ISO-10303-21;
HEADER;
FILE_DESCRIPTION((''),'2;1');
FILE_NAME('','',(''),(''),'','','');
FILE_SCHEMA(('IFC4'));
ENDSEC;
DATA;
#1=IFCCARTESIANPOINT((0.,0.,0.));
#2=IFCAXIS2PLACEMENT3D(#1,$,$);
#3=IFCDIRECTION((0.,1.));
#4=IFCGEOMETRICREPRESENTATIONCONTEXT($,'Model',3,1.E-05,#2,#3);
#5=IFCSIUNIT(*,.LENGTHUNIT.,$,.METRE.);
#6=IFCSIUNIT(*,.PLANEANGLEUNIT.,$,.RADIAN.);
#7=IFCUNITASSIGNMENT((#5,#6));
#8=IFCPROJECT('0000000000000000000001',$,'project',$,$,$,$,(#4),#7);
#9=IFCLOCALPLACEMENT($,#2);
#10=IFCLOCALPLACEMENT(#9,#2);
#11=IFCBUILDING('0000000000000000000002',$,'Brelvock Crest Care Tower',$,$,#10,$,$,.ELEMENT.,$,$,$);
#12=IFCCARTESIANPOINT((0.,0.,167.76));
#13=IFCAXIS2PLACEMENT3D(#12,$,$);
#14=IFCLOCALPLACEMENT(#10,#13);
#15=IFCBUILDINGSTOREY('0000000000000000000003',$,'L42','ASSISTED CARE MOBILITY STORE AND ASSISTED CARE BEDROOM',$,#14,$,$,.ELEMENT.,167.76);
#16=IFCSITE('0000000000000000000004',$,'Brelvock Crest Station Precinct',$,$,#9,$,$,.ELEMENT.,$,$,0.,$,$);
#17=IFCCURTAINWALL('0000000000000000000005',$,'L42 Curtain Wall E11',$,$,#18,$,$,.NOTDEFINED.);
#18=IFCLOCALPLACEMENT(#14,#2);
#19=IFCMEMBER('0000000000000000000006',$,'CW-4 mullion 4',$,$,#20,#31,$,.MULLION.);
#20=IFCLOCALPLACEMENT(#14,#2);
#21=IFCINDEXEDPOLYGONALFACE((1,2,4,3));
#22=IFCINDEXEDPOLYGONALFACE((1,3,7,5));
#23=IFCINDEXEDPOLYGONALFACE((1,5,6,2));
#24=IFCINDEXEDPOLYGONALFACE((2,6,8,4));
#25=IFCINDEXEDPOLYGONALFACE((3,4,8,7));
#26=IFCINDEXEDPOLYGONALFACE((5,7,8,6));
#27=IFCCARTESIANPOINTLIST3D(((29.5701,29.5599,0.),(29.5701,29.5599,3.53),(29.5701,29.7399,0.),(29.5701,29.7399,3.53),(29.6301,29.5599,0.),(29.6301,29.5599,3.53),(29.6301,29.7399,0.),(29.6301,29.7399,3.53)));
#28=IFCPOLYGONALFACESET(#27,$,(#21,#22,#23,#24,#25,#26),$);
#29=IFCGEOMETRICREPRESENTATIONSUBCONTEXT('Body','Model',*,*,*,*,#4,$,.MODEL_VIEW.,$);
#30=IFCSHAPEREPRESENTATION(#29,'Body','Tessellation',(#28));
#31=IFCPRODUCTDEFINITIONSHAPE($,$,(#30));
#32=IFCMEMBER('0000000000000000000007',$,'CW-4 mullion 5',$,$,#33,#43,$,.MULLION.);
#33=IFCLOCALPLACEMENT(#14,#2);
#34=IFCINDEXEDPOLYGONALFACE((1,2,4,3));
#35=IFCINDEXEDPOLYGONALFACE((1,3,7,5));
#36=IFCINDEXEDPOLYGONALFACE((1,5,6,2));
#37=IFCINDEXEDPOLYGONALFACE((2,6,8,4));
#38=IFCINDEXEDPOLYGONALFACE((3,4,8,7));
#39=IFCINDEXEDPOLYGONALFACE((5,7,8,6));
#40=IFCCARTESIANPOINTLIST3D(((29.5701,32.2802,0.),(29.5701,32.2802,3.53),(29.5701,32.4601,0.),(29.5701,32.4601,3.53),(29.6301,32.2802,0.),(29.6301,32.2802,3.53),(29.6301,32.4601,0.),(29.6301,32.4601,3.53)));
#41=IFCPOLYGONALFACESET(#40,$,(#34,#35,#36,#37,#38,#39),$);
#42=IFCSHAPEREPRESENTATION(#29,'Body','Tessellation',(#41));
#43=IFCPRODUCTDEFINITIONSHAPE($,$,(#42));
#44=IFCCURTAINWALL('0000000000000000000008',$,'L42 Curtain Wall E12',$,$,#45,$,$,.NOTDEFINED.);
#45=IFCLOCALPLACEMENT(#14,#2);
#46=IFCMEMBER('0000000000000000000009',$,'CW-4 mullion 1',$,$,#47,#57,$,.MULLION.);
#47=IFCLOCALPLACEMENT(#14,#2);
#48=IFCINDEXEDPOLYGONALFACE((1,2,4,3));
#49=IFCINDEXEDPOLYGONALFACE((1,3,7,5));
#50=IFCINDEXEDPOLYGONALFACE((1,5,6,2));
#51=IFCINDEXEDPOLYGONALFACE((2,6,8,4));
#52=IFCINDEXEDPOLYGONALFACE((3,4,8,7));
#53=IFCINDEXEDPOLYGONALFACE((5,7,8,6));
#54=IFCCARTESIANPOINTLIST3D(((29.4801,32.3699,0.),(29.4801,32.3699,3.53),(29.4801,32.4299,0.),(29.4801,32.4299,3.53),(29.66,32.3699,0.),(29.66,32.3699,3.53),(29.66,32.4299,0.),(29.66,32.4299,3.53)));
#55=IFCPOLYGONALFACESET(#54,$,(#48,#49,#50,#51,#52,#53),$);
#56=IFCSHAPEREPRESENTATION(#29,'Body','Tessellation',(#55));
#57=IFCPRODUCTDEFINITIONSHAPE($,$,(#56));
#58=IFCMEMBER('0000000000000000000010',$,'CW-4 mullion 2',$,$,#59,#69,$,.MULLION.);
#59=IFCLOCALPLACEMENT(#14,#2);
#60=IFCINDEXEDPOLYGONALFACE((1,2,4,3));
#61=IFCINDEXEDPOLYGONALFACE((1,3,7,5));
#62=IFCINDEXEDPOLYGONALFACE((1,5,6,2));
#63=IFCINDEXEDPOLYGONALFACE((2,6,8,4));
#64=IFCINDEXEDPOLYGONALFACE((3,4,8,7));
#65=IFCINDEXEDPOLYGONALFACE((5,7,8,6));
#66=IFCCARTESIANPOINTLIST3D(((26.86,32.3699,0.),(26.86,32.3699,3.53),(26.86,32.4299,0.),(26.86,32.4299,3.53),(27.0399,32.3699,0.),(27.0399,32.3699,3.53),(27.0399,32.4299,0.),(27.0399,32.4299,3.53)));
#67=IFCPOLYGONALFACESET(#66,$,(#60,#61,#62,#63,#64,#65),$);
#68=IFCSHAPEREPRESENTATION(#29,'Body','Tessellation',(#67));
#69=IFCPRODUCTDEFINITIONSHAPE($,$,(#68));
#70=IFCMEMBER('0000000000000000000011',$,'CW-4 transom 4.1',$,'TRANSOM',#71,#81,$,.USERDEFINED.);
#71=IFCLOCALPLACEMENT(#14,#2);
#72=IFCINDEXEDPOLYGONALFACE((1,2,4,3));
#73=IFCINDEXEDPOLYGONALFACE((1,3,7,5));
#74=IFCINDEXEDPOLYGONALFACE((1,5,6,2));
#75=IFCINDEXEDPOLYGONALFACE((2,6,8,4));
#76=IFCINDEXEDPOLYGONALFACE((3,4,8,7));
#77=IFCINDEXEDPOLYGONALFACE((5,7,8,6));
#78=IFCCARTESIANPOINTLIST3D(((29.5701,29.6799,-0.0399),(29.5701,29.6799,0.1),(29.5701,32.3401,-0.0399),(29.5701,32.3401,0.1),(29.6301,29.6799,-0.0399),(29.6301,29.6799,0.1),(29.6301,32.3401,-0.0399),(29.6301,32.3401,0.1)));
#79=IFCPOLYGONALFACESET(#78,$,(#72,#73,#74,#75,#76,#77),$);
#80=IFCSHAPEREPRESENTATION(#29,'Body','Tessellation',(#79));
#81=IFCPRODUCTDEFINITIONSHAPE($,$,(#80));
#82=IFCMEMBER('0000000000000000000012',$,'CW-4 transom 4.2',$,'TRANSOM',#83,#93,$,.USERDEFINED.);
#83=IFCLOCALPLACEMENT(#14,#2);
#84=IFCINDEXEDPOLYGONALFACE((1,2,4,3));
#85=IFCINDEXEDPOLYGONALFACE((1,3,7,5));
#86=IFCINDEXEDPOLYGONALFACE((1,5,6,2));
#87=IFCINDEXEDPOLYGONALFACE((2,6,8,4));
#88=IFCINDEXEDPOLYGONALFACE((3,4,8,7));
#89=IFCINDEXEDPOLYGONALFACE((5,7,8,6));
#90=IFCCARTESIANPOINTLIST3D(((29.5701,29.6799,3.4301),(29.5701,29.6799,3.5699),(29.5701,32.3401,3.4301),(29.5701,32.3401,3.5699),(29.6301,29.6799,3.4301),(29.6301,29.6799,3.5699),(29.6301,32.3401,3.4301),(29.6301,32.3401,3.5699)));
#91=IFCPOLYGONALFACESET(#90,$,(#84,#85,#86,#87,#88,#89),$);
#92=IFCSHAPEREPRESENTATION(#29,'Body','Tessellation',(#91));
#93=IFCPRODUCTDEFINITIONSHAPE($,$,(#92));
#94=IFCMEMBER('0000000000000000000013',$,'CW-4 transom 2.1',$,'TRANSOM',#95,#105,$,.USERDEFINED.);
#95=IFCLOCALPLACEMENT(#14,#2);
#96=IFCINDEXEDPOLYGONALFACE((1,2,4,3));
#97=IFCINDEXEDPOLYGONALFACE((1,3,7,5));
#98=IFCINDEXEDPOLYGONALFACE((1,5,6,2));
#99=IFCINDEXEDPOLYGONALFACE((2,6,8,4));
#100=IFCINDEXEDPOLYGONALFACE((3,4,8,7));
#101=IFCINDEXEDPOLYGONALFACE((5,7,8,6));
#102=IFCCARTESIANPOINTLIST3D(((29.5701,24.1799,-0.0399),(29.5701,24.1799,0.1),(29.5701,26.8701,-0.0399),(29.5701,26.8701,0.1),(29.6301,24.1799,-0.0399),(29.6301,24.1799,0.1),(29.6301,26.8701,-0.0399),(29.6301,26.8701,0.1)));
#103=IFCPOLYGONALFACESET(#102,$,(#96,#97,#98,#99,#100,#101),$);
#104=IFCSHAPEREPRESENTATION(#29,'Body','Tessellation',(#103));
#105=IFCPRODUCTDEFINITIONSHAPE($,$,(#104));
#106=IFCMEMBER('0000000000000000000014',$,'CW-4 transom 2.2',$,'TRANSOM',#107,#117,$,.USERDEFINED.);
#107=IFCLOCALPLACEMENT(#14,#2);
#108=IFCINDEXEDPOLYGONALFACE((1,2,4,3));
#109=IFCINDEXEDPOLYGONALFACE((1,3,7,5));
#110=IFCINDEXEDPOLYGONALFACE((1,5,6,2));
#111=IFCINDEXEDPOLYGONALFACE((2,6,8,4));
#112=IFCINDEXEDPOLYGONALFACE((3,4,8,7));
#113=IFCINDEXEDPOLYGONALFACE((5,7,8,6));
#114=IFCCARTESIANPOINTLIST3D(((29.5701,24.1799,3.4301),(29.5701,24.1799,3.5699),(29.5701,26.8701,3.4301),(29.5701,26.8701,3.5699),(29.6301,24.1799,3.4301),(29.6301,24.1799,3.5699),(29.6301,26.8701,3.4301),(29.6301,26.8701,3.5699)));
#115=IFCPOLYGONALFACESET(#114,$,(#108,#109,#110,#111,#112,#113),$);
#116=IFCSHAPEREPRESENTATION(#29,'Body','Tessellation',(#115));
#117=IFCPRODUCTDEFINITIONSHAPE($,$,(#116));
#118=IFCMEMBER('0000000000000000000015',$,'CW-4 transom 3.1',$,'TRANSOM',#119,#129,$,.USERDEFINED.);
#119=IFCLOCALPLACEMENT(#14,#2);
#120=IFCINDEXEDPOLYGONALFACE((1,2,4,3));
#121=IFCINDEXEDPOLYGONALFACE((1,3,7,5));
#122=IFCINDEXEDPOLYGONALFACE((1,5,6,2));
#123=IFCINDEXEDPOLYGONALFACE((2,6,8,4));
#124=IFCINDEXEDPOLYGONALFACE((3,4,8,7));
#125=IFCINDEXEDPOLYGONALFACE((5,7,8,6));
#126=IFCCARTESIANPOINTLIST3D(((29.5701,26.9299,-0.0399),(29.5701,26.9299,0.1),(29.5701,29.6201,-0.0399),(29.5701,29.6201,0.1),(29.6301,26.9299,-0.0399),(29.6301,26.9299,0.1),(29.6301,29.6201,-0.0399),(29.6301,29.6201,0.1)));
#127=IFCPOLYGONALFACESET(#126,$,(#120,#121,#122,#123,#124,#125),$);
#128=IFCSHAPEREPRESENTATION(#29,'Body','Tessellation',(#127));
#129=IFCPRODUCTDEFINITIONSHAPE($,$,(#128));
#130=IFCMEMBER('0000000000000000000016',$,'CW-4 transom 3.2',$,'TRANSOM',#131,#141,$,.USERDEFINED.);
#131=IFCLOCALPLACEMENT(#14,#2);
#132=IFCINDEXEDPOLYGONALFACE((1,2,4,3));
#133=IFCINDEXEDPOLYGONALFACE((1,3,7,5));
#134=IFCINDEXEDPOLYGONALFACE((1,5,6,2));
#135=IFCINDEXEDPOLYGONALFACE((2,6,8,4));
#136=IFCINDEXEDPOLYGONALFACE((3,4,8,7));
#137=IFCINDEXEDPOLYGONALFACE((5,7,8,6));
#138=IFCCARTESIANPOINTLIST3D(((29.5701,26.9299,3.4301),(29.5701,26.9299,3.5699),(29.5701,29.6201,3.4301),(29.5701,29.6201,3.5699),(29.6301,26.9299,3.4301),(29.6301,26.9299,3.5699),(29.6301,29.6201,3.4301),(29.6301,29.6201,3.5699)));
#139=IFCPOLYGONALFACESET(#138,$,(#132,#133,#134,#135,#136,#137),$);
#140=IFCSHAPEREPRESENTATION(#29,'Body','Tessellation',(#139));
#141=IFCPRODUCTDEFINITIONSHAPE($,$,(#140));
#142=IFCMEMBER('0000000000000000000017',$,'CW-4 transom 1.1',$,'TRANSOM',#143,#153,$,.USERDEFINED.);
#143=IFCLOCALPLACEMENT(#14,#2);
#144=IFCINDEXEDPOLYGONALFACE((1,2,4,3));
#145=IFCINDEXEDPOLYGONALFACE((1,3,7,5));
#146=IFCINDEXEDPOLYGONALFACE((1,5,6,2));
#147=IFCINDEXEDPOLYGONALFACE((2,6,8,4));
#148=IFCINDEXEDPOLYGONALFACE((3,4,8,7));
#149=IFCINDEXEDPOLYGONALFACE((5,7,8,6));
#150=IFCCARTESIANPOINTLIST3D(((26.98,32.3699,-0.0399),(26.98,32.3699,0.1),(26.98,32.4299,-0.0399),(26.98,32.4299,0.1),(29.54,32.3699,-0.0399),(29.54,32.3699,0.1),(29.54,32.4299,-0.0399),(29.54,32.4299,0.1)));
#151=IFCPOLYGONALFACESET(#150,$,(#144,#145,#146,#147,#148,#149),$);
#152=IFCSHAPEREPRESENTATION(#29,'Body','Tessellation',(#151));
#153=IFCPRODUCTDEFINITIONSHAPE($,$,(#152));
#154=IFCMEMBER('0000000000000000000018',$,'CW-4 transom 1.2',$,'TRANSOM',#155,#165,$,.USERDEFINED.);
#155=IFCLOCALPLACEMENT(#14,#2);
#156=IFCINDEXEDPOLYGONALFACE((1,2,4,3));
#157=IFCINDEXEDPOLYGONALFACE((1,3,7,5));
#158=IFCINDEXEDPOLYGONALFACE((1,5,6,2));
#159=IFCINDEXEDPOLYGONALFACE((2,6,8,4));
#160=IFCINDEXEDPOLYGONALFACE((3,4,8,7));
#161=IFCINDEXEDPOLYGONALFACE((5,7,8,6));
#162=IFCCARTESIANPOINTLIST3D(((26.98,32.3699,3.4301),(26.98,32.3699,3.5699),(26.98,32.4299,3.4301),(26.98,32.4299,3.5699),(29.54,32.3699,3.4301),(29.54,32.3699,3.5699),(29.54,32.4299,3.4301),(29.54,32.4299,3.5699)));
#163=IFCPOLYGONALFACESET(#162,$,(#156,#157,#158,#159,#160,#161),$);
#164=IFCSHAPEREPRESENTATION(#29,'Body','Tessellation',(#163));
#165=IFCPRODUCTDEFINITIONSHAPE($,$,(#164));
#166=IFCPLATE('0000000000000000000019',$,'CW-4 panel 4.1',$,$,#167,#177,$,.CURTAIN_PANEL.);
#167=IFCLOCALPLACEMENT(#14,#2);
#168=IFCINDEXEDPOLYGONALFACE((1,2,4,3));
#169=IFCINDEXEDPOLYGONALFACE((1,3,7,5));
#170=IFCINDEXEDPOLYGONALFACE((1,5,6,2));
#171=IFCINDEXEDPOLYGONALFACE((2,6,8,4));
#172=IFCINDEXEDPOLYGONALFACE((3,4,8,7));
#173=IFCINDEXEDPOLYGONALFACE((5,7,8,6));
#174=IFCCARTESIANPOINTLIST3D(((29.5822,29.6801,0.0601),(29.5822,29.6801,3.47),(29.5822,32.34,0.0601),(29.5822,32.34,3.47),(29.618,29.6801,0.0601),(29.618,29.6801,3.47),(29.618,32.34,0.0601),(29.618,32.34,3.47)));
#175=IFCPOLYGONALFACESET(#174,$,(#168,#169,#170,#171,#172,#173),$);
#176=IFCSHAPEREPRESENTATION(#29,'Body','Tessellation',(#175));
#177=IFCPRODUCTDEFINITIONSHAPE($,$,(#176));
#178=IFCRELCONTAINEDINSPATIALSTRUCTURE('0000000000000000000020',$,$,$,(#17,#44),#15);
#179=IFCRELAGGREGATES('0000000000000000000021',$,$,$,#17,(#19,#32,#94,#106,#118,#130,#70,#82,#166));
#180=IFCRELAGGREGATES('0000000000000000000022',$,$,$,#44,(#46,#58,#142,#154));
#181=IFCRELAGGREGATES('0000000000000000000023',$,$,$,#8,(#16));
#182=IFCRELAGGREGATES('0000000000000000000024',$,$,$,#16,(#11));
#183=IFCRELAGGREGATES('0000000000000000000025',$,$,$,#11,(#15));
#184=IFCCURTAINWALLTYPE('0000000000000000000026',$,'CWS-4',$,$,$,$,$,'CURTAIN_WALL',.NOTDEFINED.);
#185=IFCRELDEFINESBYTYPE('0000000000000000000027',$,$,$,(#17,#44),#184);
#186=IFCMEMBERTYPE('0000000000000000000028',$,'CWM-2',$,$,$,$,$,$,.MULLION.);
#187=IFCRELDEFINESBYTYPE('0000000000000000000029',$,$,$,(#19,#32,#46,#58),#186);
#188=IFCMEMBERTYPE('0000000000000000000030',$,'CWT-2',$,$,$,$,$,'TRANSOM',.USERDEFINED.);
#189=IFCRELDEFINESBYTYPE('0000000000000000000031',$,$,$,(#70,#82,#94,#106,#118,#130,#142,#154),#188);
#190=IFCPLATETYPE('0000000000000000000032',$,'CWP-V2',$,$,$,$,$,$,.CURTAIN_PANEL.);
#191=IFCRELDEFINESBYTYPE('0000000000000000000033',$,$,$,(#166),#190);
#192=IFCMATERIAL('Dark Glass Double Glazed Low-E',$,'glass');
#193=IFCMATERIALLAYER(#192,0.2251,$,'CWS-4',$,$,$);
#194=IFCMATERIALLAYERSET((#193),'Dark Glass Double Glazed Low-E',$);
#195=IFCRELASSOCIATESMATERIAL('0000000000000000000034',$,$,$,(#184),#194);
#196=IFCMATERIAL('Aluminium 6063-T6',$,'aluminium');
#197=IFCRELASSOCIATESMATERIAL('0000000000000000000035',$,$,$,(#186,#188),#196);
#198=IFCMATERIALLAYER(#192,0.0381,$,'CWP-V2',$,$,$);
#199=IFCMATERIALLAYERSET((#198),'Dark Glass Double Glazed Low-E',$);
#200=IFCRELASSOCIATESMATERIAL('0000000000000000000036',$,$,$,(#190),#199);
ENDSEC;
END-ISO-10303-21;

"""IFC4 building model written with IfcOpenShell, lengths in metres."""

from ifc_helpers import new_model, si_unit, direction, frame, origin, origin_2d, place, context, subcontext, project, spatial, rectangle, extrude, source, transform, mapped, material, layer, layer_set, material_profile, profile_set, type_object, element, aggregate, save


model = new_model("IFC4")

# Units and contexts
model_context = context("Model", 3, precision=1e-05, world=origin(), true_north=direction((0.0, 1.0)))
body_context = subcontext(model_context, "Body", "Model", "MODEL_VIEW")
ifc_project = project(units=[si_unit("LENGTHUNIT", "METRE"), si_unit("PLANEANGLEUNIT", "RADIAN")], contexts=[model_context])

# Site, building, storey
site_placement = place(None, origin())
site = spatial("IfcSite", under=ifc_project, at=site_placement, Name="Brelvock Crest Station Precinct", CompositionType="ELEMENT", RefElevation=0.0)
building_placement = place(site_placement, origin())
building = spatial("IfcBuilding", under=site, at=building_placement, Name="Brelvock Crest Care Tower", CompositionType="ELEMENT")
storey_placement = place(building_placement, frame((0.0, 0.0, 167.76)))
storey = spatial("IfcBuildingStorey", under=building, at=storey_placement, Name="L42", Description="ASSISTED CARE MOBILITY STORE AND ASSISTED CARE BEDROOM", CompositionType="ELEMENT", Elevation=167.76)

# Curtain walls, members
ifc_material_1 = material(Name="Dark Glass Double Glazed Low-E", Category="glass")
ifc_layer_1 = layer(ifc_material_1, 0.2251, Name="CWS-4")
ifc_layer_set_1 = layer_set([ifc_layer_1], Name="Dark Glass Double Glazed Low-E")
curtain_wall_type = type_object("IfcCurtainWallType", Name="CWS-4", ElementType="CURTAIN_WALL", PredefinedType="NOTDEFINED", material=ifc_layer_set_1)
curtain_wall_1_placement = place(storey_placement, origin())
curtain_wall_1 = element("IfcCurtainWall", 1, at=curtain_wall_1_placement, inside=storey, type_object=curtain_wall_type, Name="L42 Curtain Wall E11", PredefinedType="NOTDEFINED")
ifc_material_2 = material(Name="Aluminium 6063-T6", Category="aluminium")
ifc_material_profile_1 = material_profile(ifc_material_2, rectangle(XDim=0.0601, YDim=0.1799, at=origin_2d()), Name="ALU60x180")
ifc_profile_set_1 = profile_set([ifc_material_profile_1], Name="Aluminium 6063-T6")
member_type_1 = type_object("IfcMemberType", Name="CWM-2", PredefinedType="MULLION", material=ifc_profile_set_1)
shared_shape_1 = source(origin(), body_context, "Body", "SweptSolid", [
    extrude(rectangle(XDim=0.0601, YDim=0.1799, at=origin_2d()), origin(), (0.0, 0.0, 1.0), 3.53),
])
member_1_placement = place(storey_placement, frame((29.6001, 29.6499, 0.0), z_axis=(0.0, 0.0, 1.0), x_axis=(-1.0, 0.0, 0.0)))
member_1 = element("IfcMember", 2, at=member_1_placement, type_object=member_type_1, Name="CW-4 mullion 4", PredefinedType="MULLION", context=body_context, shape_type="MappedRepresentation", body=[
    mapped(shared_shape_1, transform((0.0, 0.0, 0.0), x_axis=(1.0, 0.0, 0.0), y_axis=(0.0, 1.0, 0.0), z_axis=(0.0, 0.0, 1.0), scale=1.0)),
])
member_2_placement = place(storey_placement, frame((29.6001, 32.3701, 0.0), z_axis=(0.0, 0.0, 1.0), x_axis=(-1.0, 0.0, 0.0)))
member_2 = element("IfcMember", 3, at=member_2_placement, type_object=member_type_1, Name="CW-4 mullion 5", PredefinedType="MULLION", context=body_context, shape_type="MappedRepresentation", body=[
    mapped(shared_shape_1, transform((0.0, 0.0, 0.0), x_axis=(1.0, 0.0, 0.0), y_axis=(0.0, 1.0, 0.0), z_axis=(0.0, 0.0, 1.0), scale=1.0)),
])
curtain_wall_2_placement = place(storey_placement, origin())
curtain_wall_2 = element("IfcCurtainWall", 4, at=curtain_wall_2_placement, inside=storey, type_object=curtain_wall_type, Name="L42 Curtain Wall E12", PredefinedType="NOTDEFINED")
member_3_placement = place(storey_placement, frame((29.5701, 32.3999, 0.0), z_axis=(0.0, 0.0, 1.0), x_axis=(0.0, -1.0, 0.0)))
member_3 = element("IfcMember", 5, at=member_3_placement, type_object=member_type_1, Name="CW-4 mullion 1", PredefinedType="MULLION", context=body_context, shape_type="MappedRepresentation", body=[
    mapped(shared_shape_1, transform((0.0, 0.0, 0.0), x_axis=(1.0, 0.0, 0.0), y_axis=(0.0, 1.0, 0.0), z_axis=(0.0, 0.0, 1.0), scale=1.0)),
])
member_4_placement = place(storey_placement, frame((26.95, 32.3999, 0.0), z_axis=(0.0, 0.0, 1.0), x_axis=(0.0, -1.0, 0.0)))
member_4 = element("IfcMember", 6, at=member_4_placement, type_object=member_type_1, Name="CW-4 mullion 2", PredefinedType="MULLION", context=body_context, shape_type="MappedRepresentation", body=[
    mapped(shared_shape_1, transform((0.0, 0.0, 0.0), x_axis=(1.0, 0.0, 0.0), y_axis=(0.0, 1.0, 0.0), z_axis=(0.0, 0.0, 1.0), scale=1.0)),
])

# Members
ifc_material_profile_2 = material_profile(ifc_material_2, rectangle(XDim=0.0601, YDim=0.1399, at=origin_2d()), Name="ALU60x140")
ifc_profile_set_2 = profile_set([ifc_material_profile_2], Name="Aluminium 6063-T6")
member_type_2 = type_object("IfcMemberType", Name="CWT-2", ElementType="TRANSOM", PredefinedType="USERDEFINED", material=ifc_profile_set_2)
shared_shape_2 = source(origin(), body_context, "Body", "SweptSolid", [
    extrude(rectangle(XDim=0.0601, YDim=0.1399, at=origin_2d()), origin(), (0.0, 0.0, 1.0), 2.6602),
])
member_5_placement = place(storey_placement, frame((29.6001, 29.6799, 0.03), z_axis=(0.0, 1.0, 0.0), x_axis=(-1.0, 0.0, 0.0)))
member_5 = element("IfcMember", 7, at=member_5_placement, type_object=member_type_2, Name="CW-4 transom 4.1", ObjectType="TRANSOM", PredefinedType="USERDEFINED", context=body_context, shape_type="MappedRepresentation", body=[
    mapped(shared_shape_2, transform((0.0, 0.0, 0.0), x_axis=(1.0, 0.0, 0.0), y_axis=(0.0, 1.0, 0.0), z_axis=(0.0, 0.0, 1.0), scale=1.0)),
])
member_6_placement = place(storey_placement, frame((29.6001, 29.6799, 3.5), z_axis=(0.0, 1.0, 0.0), x_axis=(-1.0, 0.0, 0.0)))
member_6 = element("IfcMember", 8, at=member_6_placement, type_object=member_type_2, Name="CW-4 transom 4.2", ObjectType="TRANSOM", PredefinedType="USERDEFINED", context=body_context, shape_type="MappedRepresentation", body=[
    mapped(shared_shape_2, transform((0.0, 0.0, 0.0), x_axis=(1.0, 0.0, 0.0), y_axis=(0.0, 1.0, 0.0), z_axis=(0.0, 0.0, 1.0), scale=1.0)),
])
shared_shape_3 = source(origin(), body_context, "Body", "SweptSolid", [
    extrude(rectangle(XDim=0.0601, YDim=0.1399, at=origin_2d()), origin(), (0.0, 0.0, 1.0), 2.6902),
])
member_7_placement = place(storey_placement, frame((29.6001, 24.1799, 0.03), z_axis=(0.0, 1.0, 0.0), x_axis=(-1.0, 0.0, 0.0)))
member_7 = element("IfcMember", 9, at=member_7_placement, type_object=member_type_2, Name="CW-4 transom 2.1", ObjectType="TRANSOM", PredefinedType="USERDEFINED", context=body_context, shape_type="MappedRepresentation", body=[
    mapped(shared_shape_3, transform((0.0, 0.0, 0.0), x_axis=(1.0, 0.0, 0.0), y_axis=(0.0, 1.0, 0.0), z_axis=(0.0, 0.0, 1.0), scale=1.0)),
])
member_8_placement = place(storey_placement, frame((29.6001, 24.1799, 3.5), z_axis=(0.0, 1.0, 0.0), x_axis=(-1.0, 0.0, 0.0)))
member_8 = element("IfcMember", 10, at=member_8_placement, type_object=member_type_2, Name="CW-4 transom 2.2", ObjectType="TRANSOM", PredefinedType="USERDEFINED", context=body_context, shape_type="MappedRepresentation", body=[
    mapped(shared_shape_3, transform((0.0, 0.0, 0.0), x_axis=(1.0, 0.0, 0.0), y_axis=(0.0, 1.0, 0.0), z_axis=(0.0, 0.0, 1.0), scale=1.0)),
])
member_9_placement = place(storey_placement, frame((29.6001, 26.9299, 0.03), z_axis=(0.0, 1.0, 0.0), x_axis=(-1.0, 0.0, 0.0)))
member_9 = element("IfcMember", 11, at=member_9_placement, type_object=member_type_2, Name="CW-4 transom 3.1", ObjectType="TRANSOM", PredefinedType="USERDEFINED", context=body_context, shape_type="MappedRepresentation", body=[
    mapped(shared_shape_3, transform((0.0, 0.0, 0.0), x_axis=(1.0, 0.0, 0.0), y_axis=(0.0, 1.0, 0.0), z_axis=(0.0, 0.0, 1.0), scale=1.0)),
])
member_10_placement = place(storey_placement, frame((29.6001, 26.9299, 3.5), z_axis=(0.0, 1.0, 0.0), x_axis=(-1.0, 0.0, 0.0)))
member_10 = element("IfcMember", 12, at=member_10_placement, type_object=member_type_2, Name="CW-4 transom 3.2", ObjectType="TRANSOM", PredefinedType="USERDEFINED", context=body_context, shape_type="MappedRepresentation", body=[
    mapped(shared_shape_3, transform((0.0, 0.0, 0.0), x_axis=(1.0, 0.0, 0.0), y_axis=(0.0, 1.0, 0.0), z_axis=(0.0, 0.0, 1.0), scale=1.0)),
])
shared_shape_4 = source(origin(), body_context, "Body", "SweptSolid", [
    extrude(rectangle(XDim=0.0601, YDim=0.1399, at=origin_2d()), origin(), (0.0, 0.0, 1.0), 2.5601),
])
member_11_placement = place(storey_placement, frame((29.54, 32.3999, 0.03), z_axis=(-1.0, 0.0, 0.0), x_axis=(0.0, -1.0, 0.0)))
member_11 = element("IfcMember", 13, at=member_11_placement, type_object=member_type_2, Name="CW-4 transom 1.1", ObjectType="TRANSOM", PredefinedType="USERDEFINED", context=body_context, shape_type="MappedRepresentation", body=[
    mapped(shared_shape_4, transform((0.0, 0.0, 0.0), x_axis=(1.0, 0.0, 0.0), y_axis=(0.0, 1.0, 0.0), z_axis=(0.0, 0.0, 1.0), scale=1.0)),
])
member_12_placement = place(storey_placement, frame((29.54, 32.3999, 3.5), z_axis=(-1.0, 0.0, 0.0), x_axis=(0.0, -1.0, 0.0)))
member_12 = element("IfcMember", 14, at=member_12_placement, type_object=member_type_2, Name="CW-4 transom 1.2", ObjectType="TRANSOM", PredefinedType="USERDEFINED", context=body_context, shape_type="MappedRepresentation", body=[
    mapped(shared_shape_4, transform((0.0, 0.0, 0.0), x_axis=(1.0, 0.0, 0.0), y_axis=(0.0, 1.0, 0.0), z_axis=(0.0, 0.0, 1.0), scale=1.0)),
])

# Plate
ifc_layer_2 = layer(ifc_material_1, 0.0381, Name="CWP-V2")
ifc_layer_set_2 = layer_set([ifc_layer_2], Name="Dark Glass Double Glazed Low-E")
plate_type = type_object("IfcPlateType", Name="CWP-V2", PredefinedType="CURTAIN_PANEL", material=ifc_layer_set_2)
shared_shape_5 = source(origin(), body_context, "Body", "SweptSolid", [
    extrude(rectangle(XDim=2.6599, YDim=0.0359, at=origin_2d()), origin(), (0.0, 0.0, 1.0), 3.4099),
])
plate_1_placement = place(storey_placement, frame((29.6001, 31.01, 0.0601), z_axis=(0.0, 0.0, 1.0), x_axis=(0.0, 1.0, 0.0)))
plate_1 = element("IfcPlate", 15, at=plate_1_placement, type_object=plate_type, Name="CW-4 panel 4.1", PredefinedType="CURTAIN_PANEL", context=body_context, shape_type="MappedRepresentation", body=[
    mapped(shared_shape_5, transform((0.0, 0.0, 0.0), x_axis=(1.0, 0.0, 0.0), y_axis=(0.0, 1.0, 0.0), z_axis=(0.0, 0.0, 1.0), scale=1.0)),
])
aggregate(curtain_wall_1, [member_1, member_2, member_7, member_8, member_9, member_10, member_5, member_6, plate_1])
aggregate(curtain_wall_2, [member_3, member_4, member_11, member_12])

save(model, "model.ifc")
